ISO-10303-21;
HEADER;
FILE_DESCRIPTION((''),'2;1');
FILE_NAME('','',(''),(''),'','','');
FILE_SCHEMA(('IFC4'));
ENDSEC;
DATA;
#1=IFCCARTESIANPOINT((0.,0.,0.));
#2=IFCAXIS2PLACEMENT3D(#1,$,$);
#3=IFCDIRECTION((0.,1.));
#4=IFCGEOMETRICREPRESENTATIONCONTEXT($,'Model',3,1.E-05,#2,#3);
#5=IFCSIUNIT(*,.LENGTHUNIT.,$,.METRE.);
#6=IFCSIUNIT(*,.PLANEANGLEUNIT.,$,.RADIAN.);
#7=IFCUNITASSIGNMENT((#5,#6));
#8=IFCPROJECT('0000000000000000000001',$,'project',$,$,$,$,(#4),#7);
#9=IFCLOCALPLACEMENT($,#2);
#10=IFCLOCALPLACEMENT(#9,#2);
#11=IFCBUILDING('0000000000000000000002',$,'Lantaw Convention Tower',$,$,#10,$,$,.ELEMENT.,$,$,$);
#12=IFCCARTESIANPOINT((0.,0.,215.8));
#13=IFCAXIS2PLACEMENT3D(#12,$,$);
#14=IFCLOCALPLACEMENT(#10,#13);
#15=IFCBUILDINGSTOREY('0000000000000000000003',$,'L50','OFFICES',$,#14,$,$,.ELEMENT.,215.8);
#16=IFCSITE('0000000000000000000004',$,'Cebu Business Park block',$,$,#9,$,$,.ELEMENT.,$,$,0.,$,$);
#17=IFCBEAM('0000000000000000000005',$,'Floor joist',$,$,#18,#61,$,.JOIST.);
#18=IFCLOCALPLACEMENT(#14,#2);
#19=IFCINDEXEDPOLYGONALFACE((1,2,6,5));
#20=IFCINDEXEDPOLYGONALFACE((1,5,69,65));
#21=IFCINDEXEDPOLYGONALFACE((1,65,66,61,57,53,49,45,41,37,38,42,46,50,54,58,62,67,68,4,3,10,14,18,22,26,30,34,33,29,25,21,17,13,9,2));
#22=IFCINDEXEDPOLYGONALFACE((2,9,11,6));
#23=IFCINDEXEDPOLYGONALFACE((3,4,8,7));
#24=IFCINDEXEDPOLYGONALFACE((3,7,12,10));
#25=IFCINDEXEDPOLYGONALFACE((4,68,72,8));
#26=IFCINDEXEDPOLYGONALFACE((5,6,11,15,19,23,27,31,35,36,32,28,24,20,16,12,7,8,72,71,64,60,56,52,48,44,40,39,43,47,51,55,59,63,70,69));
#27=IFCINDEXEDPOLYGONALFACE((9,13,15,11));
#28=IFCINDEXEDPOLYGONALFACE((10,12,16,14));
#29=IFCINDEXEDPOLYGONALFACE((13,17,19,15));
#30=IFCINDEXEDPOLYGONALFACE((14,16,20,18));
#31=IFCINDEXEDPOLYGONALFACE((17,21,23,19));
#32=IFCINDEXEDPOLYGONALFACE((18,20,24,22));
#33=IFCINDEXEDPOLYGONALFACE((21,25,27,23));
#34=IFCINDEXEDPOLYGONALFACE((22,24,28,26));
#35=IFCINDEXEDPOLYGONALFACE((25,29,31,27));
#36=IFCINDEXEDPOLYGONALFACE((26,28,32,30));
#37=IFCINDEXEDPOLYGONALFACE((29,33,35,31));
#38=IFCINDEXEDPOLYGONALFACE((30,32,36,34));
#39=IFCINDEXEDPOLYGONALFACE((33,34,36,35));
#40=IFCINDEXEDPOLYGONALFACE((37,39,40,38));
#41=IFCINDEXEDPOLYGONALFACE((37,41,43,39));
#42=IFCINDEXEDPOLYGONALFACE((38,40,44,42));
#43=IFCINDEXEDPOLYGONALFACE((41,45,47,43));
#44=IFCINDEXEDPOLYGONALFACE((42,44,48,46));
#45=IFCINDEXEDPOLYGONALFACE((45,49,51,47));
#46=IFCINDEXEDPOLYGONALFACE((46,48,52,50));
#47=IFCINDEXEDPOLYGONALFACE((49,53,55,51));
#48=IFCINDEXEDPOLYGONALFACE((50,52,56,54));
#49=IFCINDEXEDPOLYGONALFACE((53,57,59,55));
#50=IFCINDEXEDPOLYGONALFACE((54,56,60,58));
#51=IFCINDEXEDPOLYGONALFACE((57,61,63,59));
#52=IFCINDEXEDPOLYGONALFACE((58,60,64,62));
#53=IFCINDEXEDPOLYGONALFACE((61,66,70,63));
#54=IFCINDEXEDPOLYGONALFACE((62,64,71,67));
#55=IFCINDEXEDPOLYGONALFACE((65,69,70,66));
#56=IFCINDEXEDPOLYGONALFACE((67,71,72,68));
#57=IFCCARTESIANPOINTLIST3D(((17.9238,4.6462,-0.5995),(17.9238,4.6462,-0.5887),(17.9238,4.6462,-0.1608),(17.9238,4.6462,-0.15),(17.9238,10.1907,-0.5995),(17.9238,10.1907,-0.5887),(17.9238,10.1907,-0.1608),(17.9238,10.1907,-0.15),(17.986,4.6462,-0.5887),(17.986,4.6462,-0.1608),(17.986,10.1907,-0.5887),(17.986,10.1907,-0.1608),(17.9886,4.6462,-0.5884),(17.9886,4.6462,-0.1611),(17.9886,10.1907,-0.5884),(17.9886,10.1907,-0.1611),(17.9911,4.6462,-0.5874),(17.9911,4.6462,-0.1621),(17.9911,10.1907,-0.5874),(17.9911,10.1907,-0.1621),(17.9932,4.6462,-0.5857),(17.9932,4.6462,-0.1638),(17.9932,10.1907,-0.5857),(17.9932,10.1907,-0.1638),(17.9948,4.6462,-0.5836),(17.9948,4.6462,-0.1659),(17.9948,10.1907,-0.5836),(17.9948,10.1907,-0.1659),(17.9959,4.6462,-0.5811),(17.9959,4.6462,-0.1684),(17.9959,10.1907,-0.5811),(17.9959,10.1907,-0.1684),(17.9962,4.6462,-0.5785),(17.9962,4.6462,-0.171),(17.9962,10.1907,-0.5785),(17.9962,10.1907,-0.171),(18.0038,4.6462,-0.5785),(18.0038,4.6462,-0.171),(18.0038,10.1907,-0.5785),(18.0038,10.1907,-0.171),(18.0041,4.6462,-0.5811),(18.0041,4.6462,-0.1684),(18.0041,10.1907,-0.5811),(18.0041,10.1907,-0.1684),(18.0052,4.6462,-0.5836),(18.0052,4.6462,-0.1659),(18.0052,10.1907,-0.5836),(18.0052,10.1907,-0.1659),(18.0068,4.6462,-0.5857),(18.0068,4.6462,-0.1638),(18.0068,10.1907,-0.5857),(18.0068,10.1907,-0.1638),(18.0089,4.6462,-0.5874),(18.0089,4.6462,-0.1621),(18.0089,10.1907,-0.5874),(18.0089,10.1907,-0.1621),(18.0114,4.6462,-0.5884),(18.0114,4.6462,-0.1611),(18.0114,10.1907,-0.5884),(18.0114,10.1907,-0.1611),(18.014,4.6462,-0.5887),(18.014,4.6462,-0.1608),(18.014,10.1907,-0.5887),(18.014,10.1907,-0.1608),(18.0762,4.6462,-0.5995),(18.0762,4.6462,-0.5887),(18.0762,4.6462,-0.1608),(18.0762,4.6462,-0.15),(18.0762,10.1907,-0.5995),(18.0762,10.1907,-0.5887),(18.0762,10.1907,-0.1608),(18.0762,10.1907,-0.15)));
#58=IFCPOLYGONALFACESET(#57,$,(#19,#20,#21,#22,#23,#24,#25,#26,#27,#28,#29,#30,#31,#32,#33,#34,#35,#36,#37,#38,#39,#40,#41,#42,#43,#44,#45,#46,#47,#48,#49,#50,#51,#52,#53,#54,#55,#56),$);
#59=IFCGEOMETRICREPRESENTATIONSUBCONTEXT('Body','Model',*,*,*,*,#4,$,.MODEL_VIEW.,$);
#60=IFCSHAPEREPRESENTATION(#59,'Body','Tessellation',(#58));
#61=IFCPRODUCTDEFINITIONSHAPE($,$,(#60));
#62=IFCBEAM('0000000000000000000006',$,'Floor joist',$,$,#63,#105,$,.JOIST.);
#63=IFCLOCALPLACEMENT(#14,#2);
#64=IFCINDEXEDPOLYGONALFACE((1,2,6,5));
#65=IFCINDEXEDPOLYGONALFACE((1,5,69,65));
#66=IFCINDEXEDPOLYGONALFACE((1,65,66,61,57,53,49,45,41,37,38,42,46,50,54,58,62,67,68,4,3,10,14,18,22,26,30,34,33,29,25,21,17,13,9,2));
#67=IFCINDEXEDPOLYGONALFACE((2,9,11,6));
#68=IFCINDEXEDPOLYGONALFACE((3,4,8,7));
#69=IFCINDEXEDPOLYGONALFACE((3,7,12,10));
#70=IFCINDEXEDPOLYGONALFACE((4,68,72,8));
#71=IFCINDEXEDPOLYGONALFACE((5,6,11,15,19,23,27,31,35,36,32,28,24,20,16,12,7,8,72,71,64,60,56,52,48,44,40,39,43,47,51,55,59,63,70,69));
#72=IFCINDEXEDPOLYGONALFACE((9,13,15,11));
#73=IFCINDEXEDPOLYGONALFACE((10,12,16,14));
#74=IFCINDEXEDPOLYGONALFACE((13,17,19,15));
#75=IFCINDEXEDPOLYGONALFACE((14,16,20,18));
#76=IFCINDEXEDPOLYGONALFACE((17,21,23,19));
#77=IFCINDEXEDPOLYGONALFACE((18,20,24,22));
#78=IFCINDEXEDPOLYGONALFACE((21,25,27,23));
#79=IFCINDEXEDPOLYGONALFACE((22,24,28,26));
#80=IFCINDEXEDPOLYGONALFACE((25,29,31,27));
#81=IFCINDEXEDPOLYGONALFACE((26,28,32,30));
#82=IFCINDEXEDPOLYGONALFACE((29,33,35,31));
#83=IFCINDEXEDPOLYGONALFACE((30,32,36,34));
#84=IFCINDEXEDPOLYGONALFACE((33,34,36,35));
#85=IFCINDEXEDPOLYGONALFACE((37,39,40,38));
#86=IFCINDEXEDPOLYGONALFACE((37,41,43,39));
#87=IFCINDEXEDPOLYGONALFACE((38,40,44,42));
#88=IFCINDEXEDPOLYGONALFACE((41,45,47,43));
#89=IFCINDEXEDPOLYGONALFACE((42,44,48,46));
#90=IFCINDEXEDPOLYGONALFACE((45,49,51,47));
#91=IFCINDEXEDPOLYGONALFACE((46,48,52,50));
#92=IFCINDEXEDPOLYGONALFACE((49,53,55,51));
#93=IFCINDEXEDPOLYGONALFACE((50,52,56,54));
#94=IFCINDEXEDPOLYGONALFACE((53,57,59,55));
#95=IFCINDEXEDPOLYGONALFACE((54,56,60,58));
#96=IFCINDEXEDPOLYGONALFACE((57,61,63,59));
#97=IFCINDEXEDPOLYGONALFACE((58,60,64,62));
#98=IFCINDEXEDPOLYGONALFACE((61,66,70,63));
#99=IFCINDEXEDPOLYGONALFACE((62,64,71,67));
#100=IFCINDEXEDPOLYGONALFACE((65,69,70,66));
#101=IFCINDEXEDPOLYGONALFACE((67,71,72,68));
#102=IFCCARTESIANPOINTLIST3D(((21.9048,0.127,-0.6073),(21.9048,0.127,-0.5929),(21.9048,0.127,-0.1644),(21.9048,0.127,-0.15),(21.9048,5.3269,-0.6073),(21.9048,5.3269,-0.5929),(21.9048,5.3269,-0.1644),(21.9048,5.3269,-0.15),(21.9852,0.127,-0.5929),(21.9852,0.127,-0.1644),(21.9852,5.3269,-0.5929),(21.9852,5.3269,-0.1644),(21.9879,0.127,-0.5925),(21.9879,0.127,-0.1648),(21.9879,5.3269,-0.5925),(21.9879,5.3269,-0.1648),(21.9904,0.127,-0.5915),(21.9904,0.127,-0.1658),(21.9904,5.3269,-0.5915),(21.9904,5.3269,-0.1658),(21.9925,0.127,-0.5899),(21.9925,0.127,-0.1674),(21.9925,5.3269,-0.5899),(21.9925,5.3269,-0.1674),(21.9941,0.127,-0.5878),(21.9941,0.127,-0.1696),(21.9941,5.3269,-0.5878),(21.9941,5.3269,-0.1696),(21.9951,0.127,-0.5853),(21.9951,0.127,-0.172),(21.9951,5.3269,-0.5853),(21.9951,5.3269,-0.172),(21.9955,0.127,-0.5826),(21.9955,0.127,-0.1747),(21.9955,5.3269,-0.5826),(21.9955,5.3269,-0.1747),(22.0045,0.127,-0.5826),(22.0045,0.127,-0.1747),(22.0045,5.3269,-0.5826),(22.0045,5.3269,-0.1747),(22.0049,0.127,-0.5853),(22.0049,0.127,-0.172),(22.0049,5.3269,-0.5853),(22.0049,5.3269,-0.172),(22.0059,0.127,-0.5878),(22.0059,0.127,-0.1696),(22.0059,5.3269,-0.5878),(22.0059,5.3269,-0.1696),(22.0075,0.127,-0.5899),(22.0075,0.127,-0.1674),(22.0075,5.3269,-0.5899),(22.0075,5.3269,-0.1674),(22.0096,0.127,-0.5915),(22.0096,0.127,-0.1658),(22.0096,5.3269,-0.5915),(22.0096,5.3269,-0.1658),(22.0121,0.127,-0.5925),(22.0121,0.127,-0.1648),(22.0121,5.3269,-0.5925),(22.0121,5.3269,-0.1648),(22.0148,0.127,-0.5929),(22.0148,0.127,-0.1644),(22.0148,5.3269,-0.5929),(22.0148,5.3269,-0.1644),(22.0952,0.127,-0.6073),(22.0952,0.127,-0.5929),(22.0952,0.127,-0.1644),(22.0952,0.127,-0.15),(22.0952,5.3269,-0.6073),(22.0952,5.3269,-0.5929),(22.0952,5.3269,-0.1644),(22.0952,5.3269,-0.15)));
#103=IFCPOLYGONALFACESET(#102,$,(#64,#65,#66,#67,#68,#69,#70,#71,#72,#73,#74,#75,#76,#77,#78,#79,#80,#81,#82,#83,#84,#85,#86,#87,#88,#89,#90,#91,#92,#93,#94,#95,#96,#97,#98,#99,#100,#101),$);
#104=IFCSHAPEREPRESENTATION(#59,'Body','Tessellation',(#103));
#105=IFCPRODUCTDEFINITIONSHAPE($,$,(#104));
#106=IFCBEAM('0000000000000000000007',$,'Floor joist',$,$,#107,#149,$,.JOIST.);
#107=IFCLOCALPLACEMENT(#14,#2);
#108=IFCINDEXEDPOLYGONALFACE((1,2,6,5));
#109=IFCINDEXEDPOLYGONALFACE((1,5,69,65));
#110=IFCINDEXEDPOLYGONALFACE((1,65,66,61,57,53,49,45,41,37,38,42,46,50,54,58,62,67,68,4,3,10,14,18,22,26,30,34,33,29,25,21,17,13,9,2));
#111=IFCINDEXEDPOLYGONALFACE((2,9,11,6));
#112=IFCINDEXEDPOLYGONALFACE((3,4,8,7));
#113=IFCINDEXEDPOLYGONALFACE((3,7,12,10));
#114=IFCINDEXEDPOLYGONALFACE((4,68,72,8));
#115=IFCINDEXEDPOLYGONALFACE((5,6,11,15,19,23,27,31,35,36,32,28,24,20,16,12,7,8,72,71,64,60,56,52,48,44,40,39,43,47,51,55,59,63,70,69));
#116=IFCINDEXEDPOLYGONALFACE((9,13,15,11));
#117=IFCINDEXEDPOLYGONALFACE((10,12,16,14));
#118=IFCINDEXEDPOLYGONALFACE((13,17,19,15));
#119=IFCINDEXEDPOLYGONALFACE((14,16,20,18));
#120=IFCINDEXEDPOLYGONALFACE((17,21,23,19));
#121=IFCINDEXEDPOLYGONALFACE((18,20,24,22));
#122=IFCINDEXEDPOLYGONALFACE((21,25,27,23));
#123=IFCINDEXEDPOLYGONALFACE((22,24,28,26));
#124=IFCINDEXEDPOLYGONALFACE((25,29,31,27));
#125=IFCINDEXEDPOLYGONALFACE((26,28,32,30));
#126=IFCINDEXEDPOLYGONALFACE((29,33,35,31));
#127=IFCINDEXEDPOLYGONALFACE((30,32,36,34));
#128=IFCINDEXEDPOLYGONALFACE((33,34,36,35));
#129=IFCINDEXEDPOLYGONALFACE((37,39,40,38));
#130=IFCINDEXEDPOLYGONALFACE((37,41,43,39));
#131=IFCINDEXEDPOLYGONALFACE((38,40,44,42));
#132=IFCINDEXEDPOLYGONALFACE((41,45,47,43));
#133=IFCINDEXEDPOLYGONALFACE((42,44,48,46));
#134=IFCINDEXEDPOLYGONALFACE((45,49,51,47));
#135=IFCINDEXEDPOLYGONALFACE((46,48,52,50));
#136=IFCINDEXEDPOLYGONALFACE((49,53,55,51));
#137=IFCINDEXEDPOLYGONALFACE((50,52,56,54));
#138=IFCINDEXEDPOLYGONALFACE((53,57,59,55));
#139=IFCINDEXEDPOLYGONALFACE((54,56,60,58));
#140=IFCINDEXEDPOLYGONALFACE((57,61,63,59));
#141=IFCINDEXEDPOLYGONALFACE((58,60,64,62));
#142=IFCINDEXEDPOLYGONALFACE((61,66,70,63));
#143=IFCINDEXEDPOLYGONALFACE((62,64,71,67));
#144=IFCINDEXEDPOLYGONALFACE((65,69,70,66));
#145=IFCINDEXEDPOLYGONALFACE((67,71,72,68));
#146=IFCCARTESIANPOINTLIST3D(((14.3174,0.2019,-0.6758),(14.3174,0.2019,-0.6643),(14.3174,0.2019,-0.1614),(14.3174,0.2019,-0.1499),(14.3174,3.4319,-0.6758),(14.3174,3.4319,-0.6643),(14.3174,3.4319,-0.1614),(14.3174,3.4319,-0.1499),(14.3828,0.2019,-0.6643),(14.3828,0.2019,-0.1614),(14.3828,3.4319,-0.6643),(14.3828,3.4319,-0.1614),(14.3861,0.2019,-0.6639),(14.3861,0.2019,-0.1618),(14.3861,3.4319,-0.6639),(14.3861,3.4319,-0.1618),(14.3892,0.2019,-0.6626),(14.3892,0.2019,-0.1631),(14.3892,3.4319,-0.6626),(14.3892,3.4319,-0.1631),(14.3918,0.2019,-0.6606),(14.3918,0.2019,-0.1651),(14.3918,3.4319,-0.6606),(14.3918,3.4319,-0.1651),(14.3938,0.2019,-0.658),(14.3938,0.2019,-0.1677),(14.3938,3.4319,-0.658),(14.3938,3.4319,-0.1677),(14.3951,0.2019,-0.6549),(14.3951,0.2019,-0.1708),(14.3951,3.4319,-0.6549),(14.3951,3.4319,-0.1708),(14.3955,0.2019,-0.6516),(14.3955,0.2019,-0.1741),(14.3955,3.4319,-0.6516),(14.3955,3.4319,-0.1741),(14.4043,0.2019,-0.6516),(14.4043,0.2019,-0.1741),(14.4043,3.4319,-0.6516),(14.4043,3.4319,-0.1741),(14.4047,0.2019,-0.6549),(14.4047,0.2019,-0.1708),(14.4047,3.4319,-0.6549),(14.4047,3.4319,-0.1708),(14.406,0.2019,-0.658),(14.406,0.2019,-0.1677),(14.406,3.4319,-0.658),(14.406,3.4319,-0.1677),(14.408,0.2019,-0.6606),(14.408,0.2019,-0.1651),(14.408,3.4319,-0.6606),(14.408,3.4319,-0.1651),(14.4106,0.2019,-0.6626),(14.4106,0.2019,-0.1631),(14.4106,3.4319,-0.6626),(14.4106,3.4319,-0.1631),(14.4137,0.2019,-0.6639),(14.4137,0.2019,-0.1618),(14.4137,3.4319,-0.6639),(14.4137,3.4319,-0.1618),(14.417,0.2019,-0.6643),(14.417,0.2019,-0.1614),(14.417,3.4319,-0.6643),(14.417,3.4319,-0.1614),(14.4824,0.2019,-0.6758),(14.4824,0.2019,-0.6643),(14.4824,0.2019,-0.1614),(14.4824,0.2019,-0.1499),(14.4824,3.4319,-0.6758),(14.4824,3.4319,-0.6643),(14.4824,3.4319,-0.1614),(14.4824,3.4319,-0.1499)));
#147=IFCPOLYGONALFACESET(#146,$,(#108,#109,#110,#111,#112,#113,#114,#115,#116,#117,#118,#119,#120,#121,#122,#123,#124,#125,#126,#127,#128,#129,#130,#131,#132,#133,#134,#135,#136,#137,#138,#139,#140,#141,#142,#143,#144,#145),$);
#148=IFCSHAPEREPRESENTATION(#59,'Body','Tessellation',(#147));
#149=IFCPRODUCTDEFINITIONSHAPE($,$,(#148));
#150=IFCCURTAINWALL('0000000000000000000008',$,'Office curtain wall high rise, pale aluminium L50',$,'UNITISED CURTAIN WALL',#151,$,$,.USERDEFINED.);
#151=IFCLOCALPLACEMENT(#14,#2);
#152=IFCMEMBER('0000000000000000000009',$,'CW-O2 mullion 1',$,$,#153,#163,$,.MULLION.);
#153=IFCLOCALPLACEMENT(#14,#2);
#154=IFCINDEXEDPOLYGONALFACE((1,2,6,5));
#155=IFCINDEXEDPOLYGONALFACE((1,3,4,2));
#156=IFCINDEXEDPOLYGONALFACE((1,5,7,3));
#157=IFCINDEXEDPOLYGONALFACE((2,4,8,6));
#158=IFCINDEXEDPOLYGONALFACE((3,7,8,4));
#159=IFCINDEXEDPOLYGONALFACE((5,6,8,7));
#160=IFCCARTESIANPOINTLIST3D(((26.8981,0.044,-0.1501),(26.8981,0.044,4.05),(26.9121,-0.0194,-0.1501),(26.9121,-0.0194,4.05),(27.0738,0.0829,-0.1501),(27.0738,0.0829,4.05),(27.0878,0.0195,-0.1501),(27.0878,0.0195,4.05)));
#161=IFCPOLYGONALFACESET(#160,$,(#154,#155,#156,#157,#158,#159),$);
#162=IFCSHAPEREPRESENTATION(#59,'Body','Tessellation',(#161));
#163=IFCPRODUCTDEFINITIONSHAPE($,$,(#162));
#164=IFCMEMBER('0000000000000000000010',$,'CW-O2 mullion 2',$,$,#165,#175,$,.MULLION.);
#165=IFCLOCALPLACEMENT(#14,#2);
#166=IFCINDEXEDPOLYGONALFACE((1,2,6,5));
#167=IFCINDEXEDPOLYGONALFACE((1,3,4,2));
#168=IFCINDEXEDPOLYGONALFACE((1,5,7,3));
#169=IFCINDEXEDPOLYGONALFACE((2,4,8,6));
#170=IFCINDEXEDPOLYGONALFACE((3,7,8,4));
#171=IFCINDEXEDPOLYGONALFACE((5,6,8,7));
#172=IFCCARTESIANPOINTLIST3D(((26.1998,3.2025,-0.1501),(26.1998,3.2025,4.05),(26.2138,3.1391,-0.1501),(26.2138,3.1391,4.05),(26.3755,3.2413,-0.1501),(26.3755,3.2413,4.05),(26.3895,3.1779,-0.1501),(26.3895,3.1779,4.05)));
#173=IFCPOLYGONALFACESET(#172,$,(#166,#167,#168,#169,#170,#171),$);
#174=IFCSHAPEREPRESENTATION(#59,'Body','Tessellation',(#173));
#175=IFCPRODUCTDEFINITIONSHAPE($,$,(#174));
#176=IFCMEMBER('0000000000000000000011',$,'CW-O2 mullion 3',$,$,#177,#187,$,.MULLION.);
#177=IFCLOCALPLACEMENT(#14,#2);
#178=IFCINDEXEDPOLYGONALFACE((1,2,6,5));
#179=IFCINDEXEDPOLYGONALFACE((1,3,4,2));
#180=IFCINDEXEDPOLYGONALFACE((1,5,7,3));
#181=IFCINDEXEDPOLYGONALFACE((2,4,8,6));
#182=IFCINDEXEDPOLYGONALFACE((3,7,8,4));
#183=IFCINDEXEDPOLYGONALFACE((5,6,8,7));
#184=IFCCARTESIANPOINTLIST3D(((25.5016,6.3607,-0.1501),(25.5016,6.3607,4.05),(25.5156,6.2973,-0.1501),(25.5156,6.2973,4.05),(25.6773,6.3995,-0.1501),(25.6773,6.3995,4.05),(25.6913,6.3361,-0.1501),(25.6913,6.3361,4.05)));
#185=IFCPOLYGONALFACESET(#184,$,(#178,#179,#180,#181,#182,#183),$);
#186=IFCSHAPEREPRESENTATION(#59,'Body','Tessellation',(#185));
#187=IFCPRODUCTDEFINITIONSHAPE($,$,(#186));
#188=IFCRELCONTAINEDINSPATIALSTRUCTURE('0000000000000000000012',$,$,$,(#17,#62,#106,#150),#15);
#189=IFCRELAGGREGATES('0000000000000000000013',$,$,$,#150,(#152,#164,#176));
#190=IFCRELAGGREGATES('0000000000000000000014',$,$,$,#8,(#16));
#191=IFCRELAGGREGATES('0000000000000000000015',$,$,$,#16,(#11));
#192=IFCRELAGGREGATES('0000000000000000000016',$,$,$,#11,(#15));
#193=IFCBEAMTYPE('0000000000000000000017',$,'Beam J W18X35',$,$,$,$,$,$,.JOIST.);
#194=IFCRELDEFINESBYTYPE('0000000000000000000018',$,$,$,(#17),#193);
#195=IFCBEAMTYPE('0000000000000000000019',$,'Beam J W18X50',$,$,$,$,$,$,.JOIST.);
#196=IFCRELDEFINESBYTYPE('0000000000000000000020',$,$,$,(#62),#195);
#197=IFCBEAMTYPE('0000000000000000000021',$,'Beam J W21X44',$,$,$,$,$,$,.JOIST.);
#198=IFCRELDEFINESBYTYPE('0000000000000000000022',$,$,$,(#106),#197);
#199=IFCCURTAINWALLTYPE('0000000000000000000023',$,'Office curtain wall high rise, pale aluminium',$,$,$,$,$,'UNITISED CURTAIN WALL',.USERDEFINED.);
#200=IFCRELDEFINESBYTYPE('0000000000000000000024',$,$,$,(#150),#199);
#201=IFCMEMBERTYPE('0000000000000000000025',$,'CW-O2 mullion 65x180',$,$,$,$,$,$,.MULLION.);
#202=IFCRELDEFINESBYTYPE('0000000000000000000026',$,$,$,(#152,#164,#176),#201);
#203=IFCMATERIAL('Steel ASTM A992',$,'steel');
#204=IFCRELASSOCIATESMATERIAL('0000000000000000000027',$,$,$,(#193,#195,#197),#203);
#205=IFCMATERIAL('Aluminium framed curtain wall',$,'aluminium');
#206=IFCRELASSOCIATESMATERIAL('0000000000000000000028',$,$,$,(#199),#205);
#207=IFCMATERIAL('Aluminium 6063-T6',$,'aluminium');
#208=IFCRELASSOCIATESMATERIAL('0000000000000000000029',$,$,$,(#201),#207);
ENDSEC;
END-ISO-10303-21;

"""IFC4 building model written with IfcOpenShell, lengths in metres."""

from ifc_helpers import new_model, si_unit, direction, frame, origin, origin_2d, place, context, subcontext, project, spatial, rectangle, i_section, extrude, material, material_profile, profile_set, type_object, element, aggregate, save


model = new_model("IFC4")

# Units and contexts
model_context = context("Model", 3, precision=1e-05, world=origin(), true_north=direction((0.0, 1.0)))
body_context = subcontext(model_context, "Body", "Model", "MODEL_VIEW")
ifc_project = project(units=[si_unit("LENGTHUNIT", "METRE"), si_unit("PLANEANGLEUNIT", "RADIAN")], contexts=[model_context])

# Site, building, storey
site_placement = place(None, origin())
site = spatial("IfcSite", under=ifc_project, at=site_placement, Name="Cebu Business Park block", CompositionType="ELEMENT", RefElevation=0.0)
building_placement = place(site_placement, origin())
building = spatial("IfcBuilding", under=site, at=building_placement, Name="Lantaw Convention Tower", CompositionType="ELEMENT")
storey_placement = place(building_placement, frame((0.0, 0.0, 215.8)))
storey = spatial("IfcBuildingStorey", under=building, at=storey_placement, Name="L50", Description="OFFICES", CompositionType="ELEMENT", Elevation=215.8)

# Beams
ifc_material_1 = material(Name="Steel ASTM A992", Category="steel")
ifc_material_profile_1 = material_profile(ifc_material_1, i_section(OverallWidth=0.1523, OverallDepth=0.4495, WebThickness=0.0076, FlangeThickness=0.0107, FilletRadius=0.0103, at=origin_2d()), Name="W18X35")
ifc_profile_set_1 = profile_set([ifc_material_profile_1], Name="Steel ASTM A992")
beam_type_1 = type_object("IfcBeamType", Name="Beam J W18X35", PredefinedType="JOIST", material=ifc_profile_set_1)
beam_1_placement = place(storey_placement, frame((18.0, 4.6462, -0.3748), z_axis=(0.0, 1.0, 0.0), x_axis=(-1.0, 0.0, 0.0)))
element("IfcBeam", 1, at=beam_1_placement, inside=storey, type_object=beam_type_1, Name="Floor joist", PredefinedType="JOIST", context=body_context, shape_type="SweptSolid", body=[
    extrude(i_section(OverallWidth=0.1523, OverallDepth=0.4495, WebThickness=0.0076, FlangeThickness=0.0107, FilletRadius=0.0103, at=origin_2d()), origin(), (0.0, 0.0, 1.0), 5.5444),
])
ifc_material_profile_2 = material_profile(ifc_material_1, i_section(OverallWidth=0.1904, OverallDepth=0.4573, WebThickness=0.009, FlangeThickness=0.0144, FilletRadius=0.0103, at=origin_2d()), Name="W18X50")
ifc_profile_set_2 = profile_set([ifc_material_profile_2], Name="Steel ASTM A992")
beam_type_2 = type_object("IfcBeamType", Name="Beam J W18X50", PredefinedType="JOIST", material=ifc_profile_set_2)
beam_2_placement = place(storey_placement, frame((22.0, 0.127, -0.3787), z_axis=(0.0, 1.0, 0.0), x_axis=(-1.0, 0.0, 0.0)))
element("IfcBeam", 2, at=beam_2_placement, inside=storey, type_object=beam_type_2, Name="Floor joist", PredefinedType="JOIST", context=body_context, shape_type="SweptSolid", body=[
    extrude(i_section(OverallWidth=0.1904, OverallDepth=0.4573, WebThickness=0.009, FlangeThickness=0.0144, FilletRadius=0.0103, at=origin_2d()), origin(), (0.0, 0.0, 1.0), 5.2),
])
ifc_material_profile_3 = material_profile(ifc_material_1, i_section(OverallWidth=0.165, OverallDepth=0.5259, WebThickness=0.0088, FlangeThickness=0.0115, FilletRadius=0.0127, at=origin_2d()), Name="W21X44")
ifc_profile_set_3 = profile_set([ifc_material_profile_3], Name="Steel ASTM A992")
beam_type_3 = type_object("IfcBeamType", Name="Beam J W21X44", PredefinedType="JOIST", material=ifc_profile_set_3)
beam_3_placement = place(storey_placement, frame((14.3999, 0.2019, -0.4128), z_axis=(0.0, 1.0, 0.0), x_axis=(-1.0, 0.0, 0.0)))
element("IfcBeam", 3, at=beam_3_placement, inside=storey, type_object=beam_type_3, Name="Floor joist", PredefinedType="JOIST", context=body_context, shape_type="SweptSolid", body=[
    extrude(i_section(OverallWidth=0.165, OverallDepth=0.5259, WebThickness=0.0088, FlangeThickness=0.0115, FilletRadius=0.0127, at=origin_2d()), origin(), (0.0, 0.0, 1.0), 3.23),
])

# Curtain wall, members
ifc_material_2 = material(Name="Aluminium framed curtain wall", Category="aluminium")
curtain_wall_type = type_object("IfcCurtainWallType", Name="Office curtain wall high rise, pale aluminium", ElementType="UNITISED CURTAIN WALL", PredefinedType="USERDEFINED", material=ifc_material_2)
curtain_wall_1_placement = place(storey_placement, origin())
curtain_wall_1 = element("IfcCurtainWall", 4, at=curtain_wall_1_placement, inside=storey, type_object=curtain_wall_type, Name="Office curtain wall high rise, pale aluminium L50", ObjectType="UNITISED CURTAIN WALL", PredefinedType="USERDEFINED")
ifc_material_3 = material(Name="Aluminium 6063-T6", Category="aluminium")
ifc_material_profile_4 = material_profile(ifc_material_3, rectangle(XDim=0.1799, YDim=0.0649, at=origin_2d()), Name="CW-O2 mullion 65x180")
ifc_profile_set_4 = profile_set([ifc_material_profile_4], Name="Aluminium 6063-T6")
member_type_1 = type_object("IfcMemberType", Name="CW-O2 mullion 65x180", PredefinedType="MULLION", material=ifc_profile_set_4)
member_1_placement = place(storey_placement, frame((26.9929, 0.0317, -0.1501), z_axis=(0.0, 0.0, 1.0), x_axis=(-0.976417, -0.215891, 0.0)))
member_1 = element("IfcMember", 5, at=member_1_placement, type_object=member_type_1, Name="CW-O2 mullion 1", PredefinedType="MULLION", context=body_context, shape_type="SweptSolid", body=[
    extrude(rectangle(XDim=0.1799, YDim=0.0649, at=origin_2d()), origin(), (0.0, 0.0, 1.0), 4.2002),
])
member_2_placement = place(storey_placement, frame((26.2947, 3.1902, -0.1501), z_axis=(0.0, 0.0, 1.0), x_axis=(-0.976417, -0.215891, 0.0)))
member_2 = element("IfcMember", 6, at=member_2_placement, type_object=member_type_1, Name="CW-O2 mullion 2", PredefinedType="MULLION", context=body_context, shape_type="SweptSolid", body=[
    extrude(rectangle(XDim=0.1799, YDim=0.0649, at=origin_2d()), origin(), (0.0, 0.0, 1.0), 4.2002),
])
member_3_placement = place(storey_placement, frame((25.5964, 6.3484, -0.1501), z_axis=(0.0, 0.0, 1.0), x_axis=(-0.976417, -0.215891, 0.0)))
member_3 = element("IfcMember", 7, at=member_3_placement, type_object=member_type_1, Name="CW-O2 mullion 3", PredefinedType="MULLION", context=body_context, shape_type="SweptSolid", body=[
    extrude(rectangle(XDim=0.1799, YDim=0.0649, at=origin_2d()), origin(), (0.0, 0.0, 1.0), 4.2002),
])

aggregate(curtain_wall_1, [member_1, member_2, member_3])

save(model, "model.ifc")
